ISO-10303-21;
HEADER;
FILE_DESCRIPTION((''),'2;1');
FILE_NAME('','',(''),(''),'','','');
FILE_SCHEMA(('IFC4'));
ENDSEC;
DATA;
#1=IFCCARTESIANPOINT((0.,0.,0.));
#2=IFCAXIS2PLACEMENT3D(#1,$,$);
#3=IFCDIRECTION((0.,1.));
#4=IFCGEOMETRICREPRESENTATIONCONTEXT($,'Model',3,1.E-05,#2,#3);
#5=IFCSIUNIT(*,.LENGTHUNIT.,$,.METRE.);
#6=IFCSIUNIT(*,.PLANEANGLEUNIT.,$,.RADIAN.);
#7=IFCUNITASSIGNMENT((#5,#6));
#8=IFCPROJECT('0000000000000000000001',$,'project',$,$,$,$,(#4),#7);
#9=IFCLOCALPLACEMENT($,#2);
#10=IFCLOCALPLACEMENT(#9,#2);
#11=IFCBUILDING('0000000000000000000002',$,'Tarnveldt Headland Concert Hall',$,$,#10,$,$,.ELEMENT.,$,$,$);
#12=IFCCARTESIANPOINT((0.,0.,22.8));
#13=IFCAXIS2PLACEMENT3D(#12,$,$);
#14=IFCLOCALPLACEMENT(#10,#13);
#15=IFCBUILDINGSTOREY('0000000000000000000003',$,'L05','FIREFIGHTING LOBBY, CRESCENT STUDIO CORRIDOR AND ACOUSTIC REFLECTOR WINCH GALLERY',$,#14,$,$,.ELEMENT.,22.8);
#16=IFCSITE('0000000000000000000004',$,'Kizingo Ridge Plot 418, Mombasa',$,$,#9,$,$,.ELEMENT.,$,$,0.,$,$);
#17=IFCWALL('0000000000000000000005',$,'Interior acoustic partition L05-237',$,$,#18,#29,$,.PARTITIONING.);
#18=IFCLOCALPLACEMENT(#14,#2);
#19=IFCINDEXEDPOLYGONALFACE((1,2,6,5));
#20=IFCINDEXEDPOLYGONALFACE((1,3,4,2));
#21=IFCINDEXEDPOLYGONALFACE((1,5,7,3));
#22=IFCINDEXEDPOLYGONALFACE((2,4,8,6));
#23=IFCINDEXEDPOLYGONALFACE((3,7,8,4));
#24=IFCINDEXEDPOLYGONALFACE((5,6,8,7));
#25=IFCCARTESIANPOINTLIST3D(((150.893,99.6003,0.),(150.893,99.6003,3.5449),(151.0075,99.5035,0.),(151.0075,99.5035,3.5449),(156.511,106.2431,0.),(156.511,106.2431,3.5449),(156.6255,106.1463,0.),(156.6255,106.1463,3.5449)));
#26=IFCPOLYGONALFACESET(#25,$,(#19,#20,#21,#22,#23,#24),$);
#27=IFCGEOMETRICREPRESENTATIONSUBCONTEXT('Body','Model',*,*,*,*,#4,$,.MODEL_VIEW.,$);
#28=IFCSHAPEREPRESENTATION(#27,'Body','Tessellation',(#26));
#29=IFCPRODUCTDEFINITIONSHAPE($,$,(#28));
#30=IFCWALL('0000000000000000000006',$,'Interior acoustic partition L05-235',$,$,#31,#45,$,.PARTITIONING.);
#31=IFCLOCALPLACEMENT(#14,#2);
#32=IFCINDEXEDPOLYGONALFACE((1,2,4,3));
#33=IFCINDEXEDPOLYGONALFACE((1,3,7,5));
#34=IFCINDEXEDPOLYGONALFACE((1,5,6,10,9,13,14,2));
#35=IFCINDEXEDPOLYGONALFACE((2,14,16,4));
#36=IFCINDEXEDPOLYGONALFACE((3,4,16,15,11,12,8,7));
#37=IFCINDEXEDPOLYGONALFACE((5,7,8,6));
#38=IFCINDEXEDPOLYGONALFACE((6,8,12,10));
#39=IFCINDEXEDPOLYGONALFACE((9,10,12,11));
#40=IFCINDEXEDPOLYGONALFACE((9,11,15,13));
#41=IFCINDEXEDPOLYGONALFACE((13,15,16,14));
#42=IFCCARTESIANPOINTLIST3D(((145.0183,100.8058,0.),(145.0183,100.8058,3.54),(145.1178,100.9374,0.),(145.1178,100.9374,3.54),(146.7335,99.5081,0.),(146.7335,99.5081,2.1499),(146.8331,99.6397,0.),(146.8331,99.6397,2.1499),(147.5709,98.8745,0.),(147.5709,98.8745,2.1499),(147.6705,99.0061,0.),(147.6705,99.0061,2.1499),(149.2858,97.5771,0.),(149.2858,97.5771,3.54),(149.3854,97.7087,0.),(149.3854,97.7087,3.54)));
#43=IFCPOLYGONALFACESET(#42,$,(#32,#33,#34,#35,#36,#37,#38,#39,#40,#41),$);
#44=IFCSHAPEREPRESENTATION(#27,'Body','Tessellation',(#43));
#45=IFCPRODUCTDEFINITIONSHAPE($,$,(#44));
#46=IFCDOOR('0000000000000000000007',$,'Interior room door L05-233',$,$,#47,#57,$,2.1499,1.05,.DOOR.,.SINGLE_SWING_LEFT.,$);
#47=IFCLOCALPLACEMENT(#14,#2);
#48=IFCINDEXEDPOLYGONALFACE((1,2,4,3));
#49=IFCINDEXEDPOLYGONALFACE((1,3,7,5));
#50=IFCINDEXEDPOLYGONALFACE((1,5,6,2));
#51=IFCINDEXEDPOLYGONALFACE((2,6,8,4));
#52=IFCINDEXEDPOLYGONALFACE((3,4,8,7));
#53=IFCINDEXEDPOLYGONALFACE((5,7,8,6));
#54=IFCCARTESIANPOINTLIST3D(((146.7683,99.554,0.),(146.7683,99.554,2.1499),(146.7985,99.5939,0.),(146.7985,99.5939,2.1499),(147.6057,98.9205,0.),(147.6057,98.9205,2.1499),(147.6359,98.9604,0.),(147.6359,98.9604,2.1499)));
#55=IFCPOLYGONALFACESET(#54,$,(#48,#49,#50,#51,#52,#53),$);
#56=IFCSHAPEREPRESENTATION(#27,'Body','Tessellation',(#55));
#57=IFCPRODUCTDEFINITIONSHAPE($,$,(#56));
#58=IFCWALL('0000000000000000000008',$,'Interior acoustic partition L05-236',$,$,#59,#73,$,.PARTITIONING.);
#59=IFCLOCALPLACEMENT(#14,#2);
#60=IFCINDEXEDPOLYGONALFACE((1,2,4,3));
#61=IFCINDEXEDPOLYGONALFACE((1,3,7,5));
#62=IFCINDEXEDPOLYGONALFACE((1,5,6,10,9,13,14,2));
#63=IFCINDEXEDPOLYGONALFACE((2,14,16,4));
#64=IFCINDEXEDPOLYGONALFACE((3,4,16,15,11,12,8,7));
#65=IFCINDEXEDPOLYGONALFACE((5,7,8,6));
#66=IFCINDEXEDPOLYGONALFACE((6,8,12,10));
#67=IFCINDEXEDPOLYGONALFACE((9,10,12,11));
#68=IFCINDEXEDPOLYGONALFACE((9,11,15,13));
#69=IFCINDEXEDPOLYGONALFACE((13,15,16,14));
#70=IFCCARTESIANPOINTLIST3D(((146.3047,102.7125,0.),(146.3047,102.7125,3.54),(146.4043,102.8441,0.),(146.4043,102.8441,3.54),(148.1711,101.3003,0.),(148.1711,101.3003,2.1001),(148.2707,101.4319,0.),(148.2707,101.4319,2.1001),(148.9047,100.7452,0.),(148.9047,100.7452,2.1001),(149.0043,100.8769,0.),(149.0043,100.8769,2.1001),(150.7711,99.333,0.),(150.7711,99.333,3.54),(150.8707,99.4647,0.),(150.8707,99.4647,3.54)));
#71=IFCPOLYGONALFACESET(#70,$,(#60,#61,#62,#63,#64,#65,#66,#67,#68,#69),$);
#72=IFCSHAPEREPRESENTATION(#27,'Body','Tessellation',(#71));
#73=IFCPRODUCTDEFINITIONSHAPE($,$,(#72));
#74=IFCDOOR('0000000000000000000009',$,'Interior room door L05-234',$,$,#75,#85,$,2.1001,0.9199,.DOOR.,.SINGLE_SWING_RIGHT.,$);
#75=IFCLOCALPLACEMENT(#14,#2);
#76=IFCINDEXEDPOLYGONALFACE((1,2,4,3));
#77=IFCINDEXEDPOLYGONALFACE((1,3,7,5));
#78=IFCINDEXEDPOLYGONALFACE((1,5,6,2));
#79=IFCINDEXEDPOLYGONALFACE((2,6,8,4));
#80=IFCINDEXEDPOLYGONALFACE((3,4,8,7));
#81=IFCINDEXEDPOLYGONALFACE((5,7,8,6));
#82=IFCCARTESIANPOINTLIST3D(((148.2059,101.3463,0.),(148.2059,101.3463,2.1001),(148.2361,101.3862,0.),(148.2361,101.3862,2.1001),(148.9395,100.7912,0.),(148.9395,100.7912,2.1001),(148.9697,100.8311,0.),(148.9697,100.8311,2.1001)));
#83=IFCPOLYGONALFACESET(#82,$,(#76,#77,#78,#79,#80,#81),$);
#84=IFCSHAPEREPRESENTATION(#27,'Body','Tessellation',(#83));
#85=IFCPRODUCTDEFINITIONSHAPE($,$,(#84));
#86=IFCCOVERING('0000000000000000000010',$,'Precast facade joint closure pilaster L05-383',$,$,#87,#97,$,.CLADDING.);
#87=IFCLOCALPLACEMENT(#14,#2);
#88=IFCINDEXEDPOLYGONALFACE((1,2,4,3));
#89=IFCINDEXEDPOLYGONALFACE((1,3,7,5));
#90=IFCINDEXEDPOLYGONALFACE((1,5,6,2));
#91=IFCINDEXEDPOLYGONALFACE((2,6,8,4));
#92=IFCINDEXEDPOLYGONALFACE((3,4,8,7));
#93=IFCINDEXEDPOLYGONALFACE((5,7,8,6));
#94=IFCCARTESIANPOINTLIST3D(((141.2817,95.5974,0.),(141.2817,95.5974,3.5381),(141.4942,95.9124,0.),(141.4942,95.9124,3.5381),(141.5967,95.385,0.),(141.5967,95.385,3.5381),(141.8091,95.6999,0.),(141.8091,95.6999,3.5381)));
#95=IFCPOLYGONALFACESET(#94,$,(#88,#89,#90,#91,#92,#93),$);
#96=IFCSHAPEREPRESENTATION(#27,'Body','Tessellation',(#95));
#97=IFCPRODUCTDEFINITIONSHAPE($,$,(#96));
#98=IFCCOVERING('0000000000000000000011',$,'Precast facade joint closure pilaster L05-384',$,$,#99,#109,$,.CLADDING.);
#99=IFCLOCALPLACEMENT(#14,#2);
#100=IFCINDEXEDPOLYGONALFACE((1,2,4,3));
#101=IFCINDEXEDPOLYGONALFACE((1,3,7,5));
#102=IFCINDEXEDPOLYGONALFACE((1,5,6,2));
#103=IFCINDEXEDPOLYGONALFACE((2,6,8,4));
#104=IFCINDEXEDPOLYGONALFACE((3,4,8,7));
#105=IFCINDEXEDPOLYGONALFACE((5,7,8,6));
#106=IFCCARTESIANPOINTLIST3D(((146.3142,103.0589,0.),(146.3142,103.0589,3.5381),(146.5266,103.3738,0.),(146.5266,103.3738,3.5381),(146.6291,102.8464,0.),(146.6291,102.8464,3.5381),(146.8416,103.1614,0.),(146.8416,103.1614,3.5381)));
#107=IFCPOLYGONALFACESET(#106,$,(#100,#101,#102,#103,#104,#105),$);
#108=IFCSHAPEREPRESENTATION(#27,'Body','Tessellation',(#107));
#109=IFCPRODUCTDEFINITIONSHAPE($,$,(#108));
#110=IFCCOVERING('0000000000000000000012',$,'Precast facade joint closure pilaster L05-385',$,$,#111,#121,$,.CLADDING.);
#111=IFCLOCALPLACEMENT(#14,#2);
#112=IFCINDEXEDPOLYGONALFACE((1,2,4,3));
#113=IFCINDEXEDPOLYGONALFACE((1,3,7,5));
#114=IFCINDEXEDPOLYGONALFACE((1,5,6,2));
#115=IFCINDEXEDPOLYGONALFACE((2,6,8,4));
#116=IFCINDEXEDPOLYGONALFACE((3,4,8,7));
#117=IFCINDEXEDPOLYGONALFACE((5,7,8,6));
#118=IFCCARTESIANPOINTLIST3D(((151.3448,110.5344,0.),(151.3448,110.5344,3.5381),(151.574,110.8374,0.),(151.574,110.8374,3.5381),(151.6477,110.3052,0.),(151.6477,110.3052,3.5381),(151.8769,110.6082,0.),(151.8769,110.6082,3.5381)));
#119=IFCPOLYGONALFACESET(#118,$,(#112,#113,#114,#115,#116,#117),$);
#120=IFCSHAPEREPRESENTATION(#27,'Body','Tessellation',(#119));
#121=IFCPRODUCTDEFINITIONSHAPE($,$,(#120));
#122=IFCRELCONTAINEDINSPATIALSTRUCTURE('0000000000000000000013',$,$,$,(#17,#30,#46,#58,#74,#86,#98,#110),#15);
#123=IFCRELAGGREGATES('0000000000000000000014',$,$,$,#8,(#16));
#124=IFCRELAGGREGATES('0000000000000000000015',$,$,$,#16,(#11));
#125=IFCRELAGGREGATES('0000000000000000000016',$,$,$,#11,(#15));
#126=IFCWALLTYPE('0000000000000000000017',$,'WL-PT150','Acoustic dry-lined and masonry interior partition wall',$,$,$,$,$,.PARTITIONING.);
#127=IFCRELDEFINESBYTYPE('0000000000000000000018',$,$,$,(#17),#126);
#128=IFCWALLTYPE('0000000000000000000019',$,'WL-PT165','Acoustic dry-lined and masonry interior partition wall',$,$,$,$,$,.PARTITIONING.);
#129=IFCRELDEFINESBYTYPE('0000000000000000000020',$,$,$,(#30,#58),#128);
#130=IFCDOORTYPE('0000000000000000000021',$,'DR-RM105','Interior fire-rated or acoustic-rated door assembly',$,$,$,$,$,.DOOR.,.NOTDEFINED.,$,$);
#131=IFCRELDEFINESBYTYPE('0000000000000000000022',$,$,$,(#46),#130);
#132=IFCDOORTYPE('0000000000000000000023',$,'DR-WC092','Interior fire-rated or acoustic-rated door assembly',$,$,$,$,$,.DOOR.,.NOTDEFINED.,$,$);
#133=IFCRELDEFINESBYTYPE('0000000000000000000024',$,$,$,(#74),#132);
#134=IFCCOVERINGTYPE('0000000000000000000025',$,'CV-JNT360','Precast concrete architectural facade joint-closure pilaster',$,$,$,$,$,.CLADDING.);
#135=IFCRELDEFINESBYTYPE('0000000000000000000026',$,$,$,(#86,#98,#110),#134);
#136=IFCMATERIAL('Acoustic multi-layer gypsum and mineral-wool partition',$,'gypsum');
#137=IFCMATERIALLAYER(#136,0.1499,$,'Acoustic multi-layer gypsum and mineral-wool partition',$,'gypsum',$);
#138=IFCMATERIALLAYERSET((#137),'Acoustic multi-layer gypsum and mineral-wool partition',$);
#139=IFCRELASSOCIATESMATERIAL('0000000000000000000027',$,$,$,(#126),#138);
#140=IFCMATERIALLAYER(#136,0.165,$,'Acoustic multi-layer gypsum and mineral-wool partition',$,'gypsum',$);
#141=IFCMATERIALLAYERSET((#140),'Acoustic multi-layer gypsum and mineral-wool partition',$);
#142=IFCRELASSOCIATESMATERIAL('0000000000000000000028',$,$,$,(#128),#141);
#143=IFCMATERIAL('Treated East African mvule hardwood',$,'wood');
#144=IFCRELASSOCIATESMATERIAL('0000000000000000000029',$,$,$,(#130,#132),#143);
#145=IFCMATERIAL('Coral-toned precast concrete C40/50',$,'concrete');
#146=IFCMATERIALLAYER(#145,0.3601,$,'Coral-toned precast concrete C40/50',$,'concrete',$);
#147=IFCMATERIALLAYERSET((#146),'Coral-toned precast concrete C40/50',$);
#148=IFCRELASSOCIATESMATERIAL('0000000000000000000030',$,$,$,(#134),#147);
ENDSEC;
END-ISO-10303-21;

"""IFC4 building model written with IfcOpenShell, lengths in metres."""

from ifc_helpers import new_model, si_unit, direction, frame, frame_2d, origin, origin_2d, place, context, subcontext, project, spatial, rectangle, extrude, material, layer, layer_set, type_object, element, fill, save


model = new_model("IFC4")

# Units and contexts
model_context = context("Model", 3, precision=1e-05, world=origin(), true_north=direction((0.0, 1.0)))
body_context = subcontext(model_context, "Body", "Model", "MODEL_VIEW")
ifc_project = project(units=[si_unit("LENGTHUNIT", "METRE"), si_unit("PLANEANGLEUNIT", "RADIAN")], contexts=[model_context])

# Site, building, storey
site_placement = place(None, origin())
site = spatial("IfcSite", under=ifc_project, at=site_placement, Name="Kizingo Ridge Plot 418, Mombasa", CompositionType="ELEMENT", RefElevation=0.0)
building_placement = place(site_placement, origin())
building = spatial("IfcBuilding", under=site, at=building_placement, Name="Tarnveldt Headland Concert Hall", CompositionType="ELEMENT")
storey_placement = place(building_placement, frame((0.0, 0.0, 22.8)))
storey = spatial("IfcBuildingStorey", under=building, at=storey_placement, Name="L05", Description="FIREFIGHTING LOBBY, CRESCENT STUDIO CORRIDOR AND ACOUSTIC REFLECTOR WINCH GALLERY", CompositionType="ELEMENT", Elevation=22.8)

# Shared definitions
ifc_material_1 = material(Name="Coral-toned precast concrete C40/50", Category="concrete")

# Wall
ifc_material_2 = material(Name="Acoustic multi-layer gypsum and mineral-wool partition", Category="gypsum")
ifc_layer_1 = layer(ifc_material_2, 0.1499, Name="Acoustic multi-layer gypsum and mineral-wool partition", Category="gypsum")
ifc_layer_set_1 = layer_set([ifc_layer_1], Name="Acoustic multi-layer gypsum and mineral-wool partition")
wall_type_1 = type_object("IfcWallType", Name="WL-PT150", Description="Acoustic dry-lined and masonry interior partition wall", PredefinedType="PARTITIONING", material=ifc_layer_set_1)
wall_1_placement = place(storey_placement, frame((150.9502, 99.5518, 0.0), z_axis=(0.0, 0.0, 1.0), x_axis=(0.645746, 0.763552, 0.0)))
element("IfcWall", 1, at=wall_1_placement, inside=storey, type_object=wall_type_1, Name="Interior acoustic partition L05-237", PredefinedType="PARTITIONING", context=body_context, shape_type="SweptSolid", body=[
    extrude(rectangle(XDim=8.7, YDim=0.1499, at=frame_2d((4.3501, 0.0))), origin(), (0.0, 0.0, 1.0), 3.5449),
])

# Walls, openings, doors
ifc_layer_2 = layer(ifc_material_2, 0.165, Name="Acoustic multi-layer gypsum and mineral-wool partition", Category="gypsum")
ifc_layer_set_2 = layer_set([ifc_layer_2], Name="Acoustic multi-layer gypsum and mineral-wool partition")
wall_type_2 = type_object("IfcWallType", Name="WL-PT165", Description="Acoustic dry-lined and masonry interior partition wall", PredefinedType="PARTITIONING", material=ifc_layer_set_2)
wall_2_placement = place(storey_placement, frame((149.3357, 97.6428, 0.0), z_axis=(0.0, 0.0, 1.0), x_axis=(-0.797475, 0.603353, 0.0)))
wall_2 = element("IfcWall", 2, at=wall_2_placement, inside=storey, type_object=wall_type_2, Name="Interior acoustic partition L05-235", PredefinedType="PARTITIONING", context=body_context, shape_type="SweptSolid", body=[
    extrude(rectangle(XDim=5.3513, YDim=0.165, at=frame_2d((2.6758, 0.0))), origin(), (0.0, 0.0, 1.0), 3.54),
])
opening_1_placement = place(wall_2_placement, frame((2.1506, 0.0, 0.0)))
opening_1 = element("IfcOpeningElement", 3, at=opening_1_placement, cuts=wall_2, PredefinedType="OPENING", context=body_context, shape_type="SweptSolid", body=[
    extrude(rectangle(XDim=1.05, YDim=2.1499, at=frame_2d((0.5249, 1.075))), frame((0.0, 0.0925, 0.0), z_axis=(0.0, -1.0, 0.0), x_axis=(1.0, 0.0, 0.0)), (0.0, 0.0, 1.0), 0.1851),
])
ifc_material_3 = material(Name="Treated East African mvule hardwood", Category="wood")
door_type_1 = type_object("IfcDoorType", Name="DR-RM105", Description="Interior fire-rated or acoustic-rated door assembly", OperationType="NOTDEFINED", PredefinedType="DOOR", material=ifc_material_3)
door_1_placement = place(opening_1_placement, origin())
door_1 = element("IfcDoor", 4, at=door_1_placement, inside=storey, type_object=door_type_1, Name="Interior room door L05-233", OperationType="SINGLE_SWING_LEFT", OverallHeight=2.1499, OverallWidth=1.05, PredefinedType="DOOR", context=body_context, shape_type="SweptSolid", body=[
    extrude(rectangle(XDim=1.05, YDim=2.1499, at=frame_2d((0.5249, 1.075))), frame((0.0, 0.0249, 0.0), z_axis=(0.0, -1.0, 0.0), x_axis=(1.0, 0.0, 0.0)), (0.0, 0.0, 1.0), 0.05),
])
fill(opening_1, door_1)
wall_3_placement = place(storey_placement, frame((150.8208, 99.3989, 0.0), z_axis=(0.0, 0.0, 1.0), x_axis=(-0.797451, 0.603384, 0.0)))
wall_3 = element("IfcWall", 5, at=wall_3_placement, inside=storey, type_object=wall_type_2, Name="Interior acoustic partition L05-236", PredefinedType="PARTITIONING", context=body_context, shape_type="SweptSolid", body=[
    extrude(rectangle(XDim=5.6008, YDim=0.165, at=frame_2d((2.8003, 0.0))), origin(), (0.0, 0.0, 1.0), 3.54),
])
opening_2_placement = place(wall_3_placement, frame((2.3403, 0.0, 0.0)))
opening_2 = element("IfcOpeningElement", 6, at=opening_2_placement, cuts=wall_3, PredefinedType="OPENING", context=body_context, shape_type="SweptSolid", body=[
    extrude(rectangle(XDim=0.9199, YDim=2.1001, at=frame_2d((0.46, 1.05))), frame((0.0, 0.0925, 0.0), z_axis=(0.0, -1.0, 0.0), x_axis=(1.0, 0.0, 0.0)), (0.0, 0.0, 1.0), 0.1851),
])
door_type_2 = type_object("IfcDoorType", Name="DR-WC092", Description="Interior fire-rated or acoustic-rated door assembly", OperationType="NOTDEFINED", PredefinedType="DOOR", material=ifc_material_3)
door_2_placement = place(opening_2_placement, origin())
door_2 = element("IfcDoor", 7, at=door_2_placement, inside=storey, type_object=door_type_2, Name="Interior room door L05-234", OperationType="SINGLE_SWING_RIGHT", OverallHeight=2.1001, OverallWidth=0.9199, PredefinedType="DOOR", context=body_context, shape_type="SweptSolid", body=[
    extrude(rectangle(XDim=0.9199, YDim=2.1001, at=frame_2d((0.46, 1.05))), frame((0.0, 0.0249, 0.0), z_axis=(0.0, -1.0, 0.0), x_axis=(1.0, 0.0, 0.0)), (0.0, 0.0, 1.0), 0.05),
])
fill(opening_2, door_2)

# Coverings
ifc_layer_3 = layer(ifc_material_1, 0.3601, Name="Coral-toned precast concrete C40/50", Category="concrete")
ifc_layer_set_3 = layer_set([ifc_layer_3], Name="Coral-toned precast concrete C40/50")
covering_type = type_object("IfcCoveringType", Name="CV-JNT360", Description="Precast concrete architectural facade joint-closure pilaster", PredefinedType="CLADDING", material=ifc_layer_set_3)
for number, where, z_axis, x_axis, name in (
    (8, (141.5454, 95.6487, 0.0), (0.0, 0.0, 1.0), (0.559193, 0.829038, 0.0), "Precast facade joint closure pilaster L05-383"),
    (9, (146.5779, 103.1101, 0.0), (0.0, 0.0, 1.0), (0.559193, 0.829038, 0.0), "Precast facade joint closure pilaster L05-384"),
    (10, (151.6108, 110.5713, 0.0), (0.0, 0.0, 1.0), (0.797479, -0.603347, 0.0), "Precast facade joint closure pilaster L05-385"),
):
    element("IfcCovering", number, at=place(storey_placement, frame(where, z_axis=z_axis, x_axis=x_axis)), inside=storey, type_object=covering_type, Name=name, PredefinedType="CLADDING", context=body_context, shape_type="SweptSolid", body=[
        extrude(rectangle(XDim=0.3799, YDim=0.3799, at=origin_2d()), origin(), (0.0, 0.0, 1.0), 3.5381),
    ])

save(model, "model.ifc")
